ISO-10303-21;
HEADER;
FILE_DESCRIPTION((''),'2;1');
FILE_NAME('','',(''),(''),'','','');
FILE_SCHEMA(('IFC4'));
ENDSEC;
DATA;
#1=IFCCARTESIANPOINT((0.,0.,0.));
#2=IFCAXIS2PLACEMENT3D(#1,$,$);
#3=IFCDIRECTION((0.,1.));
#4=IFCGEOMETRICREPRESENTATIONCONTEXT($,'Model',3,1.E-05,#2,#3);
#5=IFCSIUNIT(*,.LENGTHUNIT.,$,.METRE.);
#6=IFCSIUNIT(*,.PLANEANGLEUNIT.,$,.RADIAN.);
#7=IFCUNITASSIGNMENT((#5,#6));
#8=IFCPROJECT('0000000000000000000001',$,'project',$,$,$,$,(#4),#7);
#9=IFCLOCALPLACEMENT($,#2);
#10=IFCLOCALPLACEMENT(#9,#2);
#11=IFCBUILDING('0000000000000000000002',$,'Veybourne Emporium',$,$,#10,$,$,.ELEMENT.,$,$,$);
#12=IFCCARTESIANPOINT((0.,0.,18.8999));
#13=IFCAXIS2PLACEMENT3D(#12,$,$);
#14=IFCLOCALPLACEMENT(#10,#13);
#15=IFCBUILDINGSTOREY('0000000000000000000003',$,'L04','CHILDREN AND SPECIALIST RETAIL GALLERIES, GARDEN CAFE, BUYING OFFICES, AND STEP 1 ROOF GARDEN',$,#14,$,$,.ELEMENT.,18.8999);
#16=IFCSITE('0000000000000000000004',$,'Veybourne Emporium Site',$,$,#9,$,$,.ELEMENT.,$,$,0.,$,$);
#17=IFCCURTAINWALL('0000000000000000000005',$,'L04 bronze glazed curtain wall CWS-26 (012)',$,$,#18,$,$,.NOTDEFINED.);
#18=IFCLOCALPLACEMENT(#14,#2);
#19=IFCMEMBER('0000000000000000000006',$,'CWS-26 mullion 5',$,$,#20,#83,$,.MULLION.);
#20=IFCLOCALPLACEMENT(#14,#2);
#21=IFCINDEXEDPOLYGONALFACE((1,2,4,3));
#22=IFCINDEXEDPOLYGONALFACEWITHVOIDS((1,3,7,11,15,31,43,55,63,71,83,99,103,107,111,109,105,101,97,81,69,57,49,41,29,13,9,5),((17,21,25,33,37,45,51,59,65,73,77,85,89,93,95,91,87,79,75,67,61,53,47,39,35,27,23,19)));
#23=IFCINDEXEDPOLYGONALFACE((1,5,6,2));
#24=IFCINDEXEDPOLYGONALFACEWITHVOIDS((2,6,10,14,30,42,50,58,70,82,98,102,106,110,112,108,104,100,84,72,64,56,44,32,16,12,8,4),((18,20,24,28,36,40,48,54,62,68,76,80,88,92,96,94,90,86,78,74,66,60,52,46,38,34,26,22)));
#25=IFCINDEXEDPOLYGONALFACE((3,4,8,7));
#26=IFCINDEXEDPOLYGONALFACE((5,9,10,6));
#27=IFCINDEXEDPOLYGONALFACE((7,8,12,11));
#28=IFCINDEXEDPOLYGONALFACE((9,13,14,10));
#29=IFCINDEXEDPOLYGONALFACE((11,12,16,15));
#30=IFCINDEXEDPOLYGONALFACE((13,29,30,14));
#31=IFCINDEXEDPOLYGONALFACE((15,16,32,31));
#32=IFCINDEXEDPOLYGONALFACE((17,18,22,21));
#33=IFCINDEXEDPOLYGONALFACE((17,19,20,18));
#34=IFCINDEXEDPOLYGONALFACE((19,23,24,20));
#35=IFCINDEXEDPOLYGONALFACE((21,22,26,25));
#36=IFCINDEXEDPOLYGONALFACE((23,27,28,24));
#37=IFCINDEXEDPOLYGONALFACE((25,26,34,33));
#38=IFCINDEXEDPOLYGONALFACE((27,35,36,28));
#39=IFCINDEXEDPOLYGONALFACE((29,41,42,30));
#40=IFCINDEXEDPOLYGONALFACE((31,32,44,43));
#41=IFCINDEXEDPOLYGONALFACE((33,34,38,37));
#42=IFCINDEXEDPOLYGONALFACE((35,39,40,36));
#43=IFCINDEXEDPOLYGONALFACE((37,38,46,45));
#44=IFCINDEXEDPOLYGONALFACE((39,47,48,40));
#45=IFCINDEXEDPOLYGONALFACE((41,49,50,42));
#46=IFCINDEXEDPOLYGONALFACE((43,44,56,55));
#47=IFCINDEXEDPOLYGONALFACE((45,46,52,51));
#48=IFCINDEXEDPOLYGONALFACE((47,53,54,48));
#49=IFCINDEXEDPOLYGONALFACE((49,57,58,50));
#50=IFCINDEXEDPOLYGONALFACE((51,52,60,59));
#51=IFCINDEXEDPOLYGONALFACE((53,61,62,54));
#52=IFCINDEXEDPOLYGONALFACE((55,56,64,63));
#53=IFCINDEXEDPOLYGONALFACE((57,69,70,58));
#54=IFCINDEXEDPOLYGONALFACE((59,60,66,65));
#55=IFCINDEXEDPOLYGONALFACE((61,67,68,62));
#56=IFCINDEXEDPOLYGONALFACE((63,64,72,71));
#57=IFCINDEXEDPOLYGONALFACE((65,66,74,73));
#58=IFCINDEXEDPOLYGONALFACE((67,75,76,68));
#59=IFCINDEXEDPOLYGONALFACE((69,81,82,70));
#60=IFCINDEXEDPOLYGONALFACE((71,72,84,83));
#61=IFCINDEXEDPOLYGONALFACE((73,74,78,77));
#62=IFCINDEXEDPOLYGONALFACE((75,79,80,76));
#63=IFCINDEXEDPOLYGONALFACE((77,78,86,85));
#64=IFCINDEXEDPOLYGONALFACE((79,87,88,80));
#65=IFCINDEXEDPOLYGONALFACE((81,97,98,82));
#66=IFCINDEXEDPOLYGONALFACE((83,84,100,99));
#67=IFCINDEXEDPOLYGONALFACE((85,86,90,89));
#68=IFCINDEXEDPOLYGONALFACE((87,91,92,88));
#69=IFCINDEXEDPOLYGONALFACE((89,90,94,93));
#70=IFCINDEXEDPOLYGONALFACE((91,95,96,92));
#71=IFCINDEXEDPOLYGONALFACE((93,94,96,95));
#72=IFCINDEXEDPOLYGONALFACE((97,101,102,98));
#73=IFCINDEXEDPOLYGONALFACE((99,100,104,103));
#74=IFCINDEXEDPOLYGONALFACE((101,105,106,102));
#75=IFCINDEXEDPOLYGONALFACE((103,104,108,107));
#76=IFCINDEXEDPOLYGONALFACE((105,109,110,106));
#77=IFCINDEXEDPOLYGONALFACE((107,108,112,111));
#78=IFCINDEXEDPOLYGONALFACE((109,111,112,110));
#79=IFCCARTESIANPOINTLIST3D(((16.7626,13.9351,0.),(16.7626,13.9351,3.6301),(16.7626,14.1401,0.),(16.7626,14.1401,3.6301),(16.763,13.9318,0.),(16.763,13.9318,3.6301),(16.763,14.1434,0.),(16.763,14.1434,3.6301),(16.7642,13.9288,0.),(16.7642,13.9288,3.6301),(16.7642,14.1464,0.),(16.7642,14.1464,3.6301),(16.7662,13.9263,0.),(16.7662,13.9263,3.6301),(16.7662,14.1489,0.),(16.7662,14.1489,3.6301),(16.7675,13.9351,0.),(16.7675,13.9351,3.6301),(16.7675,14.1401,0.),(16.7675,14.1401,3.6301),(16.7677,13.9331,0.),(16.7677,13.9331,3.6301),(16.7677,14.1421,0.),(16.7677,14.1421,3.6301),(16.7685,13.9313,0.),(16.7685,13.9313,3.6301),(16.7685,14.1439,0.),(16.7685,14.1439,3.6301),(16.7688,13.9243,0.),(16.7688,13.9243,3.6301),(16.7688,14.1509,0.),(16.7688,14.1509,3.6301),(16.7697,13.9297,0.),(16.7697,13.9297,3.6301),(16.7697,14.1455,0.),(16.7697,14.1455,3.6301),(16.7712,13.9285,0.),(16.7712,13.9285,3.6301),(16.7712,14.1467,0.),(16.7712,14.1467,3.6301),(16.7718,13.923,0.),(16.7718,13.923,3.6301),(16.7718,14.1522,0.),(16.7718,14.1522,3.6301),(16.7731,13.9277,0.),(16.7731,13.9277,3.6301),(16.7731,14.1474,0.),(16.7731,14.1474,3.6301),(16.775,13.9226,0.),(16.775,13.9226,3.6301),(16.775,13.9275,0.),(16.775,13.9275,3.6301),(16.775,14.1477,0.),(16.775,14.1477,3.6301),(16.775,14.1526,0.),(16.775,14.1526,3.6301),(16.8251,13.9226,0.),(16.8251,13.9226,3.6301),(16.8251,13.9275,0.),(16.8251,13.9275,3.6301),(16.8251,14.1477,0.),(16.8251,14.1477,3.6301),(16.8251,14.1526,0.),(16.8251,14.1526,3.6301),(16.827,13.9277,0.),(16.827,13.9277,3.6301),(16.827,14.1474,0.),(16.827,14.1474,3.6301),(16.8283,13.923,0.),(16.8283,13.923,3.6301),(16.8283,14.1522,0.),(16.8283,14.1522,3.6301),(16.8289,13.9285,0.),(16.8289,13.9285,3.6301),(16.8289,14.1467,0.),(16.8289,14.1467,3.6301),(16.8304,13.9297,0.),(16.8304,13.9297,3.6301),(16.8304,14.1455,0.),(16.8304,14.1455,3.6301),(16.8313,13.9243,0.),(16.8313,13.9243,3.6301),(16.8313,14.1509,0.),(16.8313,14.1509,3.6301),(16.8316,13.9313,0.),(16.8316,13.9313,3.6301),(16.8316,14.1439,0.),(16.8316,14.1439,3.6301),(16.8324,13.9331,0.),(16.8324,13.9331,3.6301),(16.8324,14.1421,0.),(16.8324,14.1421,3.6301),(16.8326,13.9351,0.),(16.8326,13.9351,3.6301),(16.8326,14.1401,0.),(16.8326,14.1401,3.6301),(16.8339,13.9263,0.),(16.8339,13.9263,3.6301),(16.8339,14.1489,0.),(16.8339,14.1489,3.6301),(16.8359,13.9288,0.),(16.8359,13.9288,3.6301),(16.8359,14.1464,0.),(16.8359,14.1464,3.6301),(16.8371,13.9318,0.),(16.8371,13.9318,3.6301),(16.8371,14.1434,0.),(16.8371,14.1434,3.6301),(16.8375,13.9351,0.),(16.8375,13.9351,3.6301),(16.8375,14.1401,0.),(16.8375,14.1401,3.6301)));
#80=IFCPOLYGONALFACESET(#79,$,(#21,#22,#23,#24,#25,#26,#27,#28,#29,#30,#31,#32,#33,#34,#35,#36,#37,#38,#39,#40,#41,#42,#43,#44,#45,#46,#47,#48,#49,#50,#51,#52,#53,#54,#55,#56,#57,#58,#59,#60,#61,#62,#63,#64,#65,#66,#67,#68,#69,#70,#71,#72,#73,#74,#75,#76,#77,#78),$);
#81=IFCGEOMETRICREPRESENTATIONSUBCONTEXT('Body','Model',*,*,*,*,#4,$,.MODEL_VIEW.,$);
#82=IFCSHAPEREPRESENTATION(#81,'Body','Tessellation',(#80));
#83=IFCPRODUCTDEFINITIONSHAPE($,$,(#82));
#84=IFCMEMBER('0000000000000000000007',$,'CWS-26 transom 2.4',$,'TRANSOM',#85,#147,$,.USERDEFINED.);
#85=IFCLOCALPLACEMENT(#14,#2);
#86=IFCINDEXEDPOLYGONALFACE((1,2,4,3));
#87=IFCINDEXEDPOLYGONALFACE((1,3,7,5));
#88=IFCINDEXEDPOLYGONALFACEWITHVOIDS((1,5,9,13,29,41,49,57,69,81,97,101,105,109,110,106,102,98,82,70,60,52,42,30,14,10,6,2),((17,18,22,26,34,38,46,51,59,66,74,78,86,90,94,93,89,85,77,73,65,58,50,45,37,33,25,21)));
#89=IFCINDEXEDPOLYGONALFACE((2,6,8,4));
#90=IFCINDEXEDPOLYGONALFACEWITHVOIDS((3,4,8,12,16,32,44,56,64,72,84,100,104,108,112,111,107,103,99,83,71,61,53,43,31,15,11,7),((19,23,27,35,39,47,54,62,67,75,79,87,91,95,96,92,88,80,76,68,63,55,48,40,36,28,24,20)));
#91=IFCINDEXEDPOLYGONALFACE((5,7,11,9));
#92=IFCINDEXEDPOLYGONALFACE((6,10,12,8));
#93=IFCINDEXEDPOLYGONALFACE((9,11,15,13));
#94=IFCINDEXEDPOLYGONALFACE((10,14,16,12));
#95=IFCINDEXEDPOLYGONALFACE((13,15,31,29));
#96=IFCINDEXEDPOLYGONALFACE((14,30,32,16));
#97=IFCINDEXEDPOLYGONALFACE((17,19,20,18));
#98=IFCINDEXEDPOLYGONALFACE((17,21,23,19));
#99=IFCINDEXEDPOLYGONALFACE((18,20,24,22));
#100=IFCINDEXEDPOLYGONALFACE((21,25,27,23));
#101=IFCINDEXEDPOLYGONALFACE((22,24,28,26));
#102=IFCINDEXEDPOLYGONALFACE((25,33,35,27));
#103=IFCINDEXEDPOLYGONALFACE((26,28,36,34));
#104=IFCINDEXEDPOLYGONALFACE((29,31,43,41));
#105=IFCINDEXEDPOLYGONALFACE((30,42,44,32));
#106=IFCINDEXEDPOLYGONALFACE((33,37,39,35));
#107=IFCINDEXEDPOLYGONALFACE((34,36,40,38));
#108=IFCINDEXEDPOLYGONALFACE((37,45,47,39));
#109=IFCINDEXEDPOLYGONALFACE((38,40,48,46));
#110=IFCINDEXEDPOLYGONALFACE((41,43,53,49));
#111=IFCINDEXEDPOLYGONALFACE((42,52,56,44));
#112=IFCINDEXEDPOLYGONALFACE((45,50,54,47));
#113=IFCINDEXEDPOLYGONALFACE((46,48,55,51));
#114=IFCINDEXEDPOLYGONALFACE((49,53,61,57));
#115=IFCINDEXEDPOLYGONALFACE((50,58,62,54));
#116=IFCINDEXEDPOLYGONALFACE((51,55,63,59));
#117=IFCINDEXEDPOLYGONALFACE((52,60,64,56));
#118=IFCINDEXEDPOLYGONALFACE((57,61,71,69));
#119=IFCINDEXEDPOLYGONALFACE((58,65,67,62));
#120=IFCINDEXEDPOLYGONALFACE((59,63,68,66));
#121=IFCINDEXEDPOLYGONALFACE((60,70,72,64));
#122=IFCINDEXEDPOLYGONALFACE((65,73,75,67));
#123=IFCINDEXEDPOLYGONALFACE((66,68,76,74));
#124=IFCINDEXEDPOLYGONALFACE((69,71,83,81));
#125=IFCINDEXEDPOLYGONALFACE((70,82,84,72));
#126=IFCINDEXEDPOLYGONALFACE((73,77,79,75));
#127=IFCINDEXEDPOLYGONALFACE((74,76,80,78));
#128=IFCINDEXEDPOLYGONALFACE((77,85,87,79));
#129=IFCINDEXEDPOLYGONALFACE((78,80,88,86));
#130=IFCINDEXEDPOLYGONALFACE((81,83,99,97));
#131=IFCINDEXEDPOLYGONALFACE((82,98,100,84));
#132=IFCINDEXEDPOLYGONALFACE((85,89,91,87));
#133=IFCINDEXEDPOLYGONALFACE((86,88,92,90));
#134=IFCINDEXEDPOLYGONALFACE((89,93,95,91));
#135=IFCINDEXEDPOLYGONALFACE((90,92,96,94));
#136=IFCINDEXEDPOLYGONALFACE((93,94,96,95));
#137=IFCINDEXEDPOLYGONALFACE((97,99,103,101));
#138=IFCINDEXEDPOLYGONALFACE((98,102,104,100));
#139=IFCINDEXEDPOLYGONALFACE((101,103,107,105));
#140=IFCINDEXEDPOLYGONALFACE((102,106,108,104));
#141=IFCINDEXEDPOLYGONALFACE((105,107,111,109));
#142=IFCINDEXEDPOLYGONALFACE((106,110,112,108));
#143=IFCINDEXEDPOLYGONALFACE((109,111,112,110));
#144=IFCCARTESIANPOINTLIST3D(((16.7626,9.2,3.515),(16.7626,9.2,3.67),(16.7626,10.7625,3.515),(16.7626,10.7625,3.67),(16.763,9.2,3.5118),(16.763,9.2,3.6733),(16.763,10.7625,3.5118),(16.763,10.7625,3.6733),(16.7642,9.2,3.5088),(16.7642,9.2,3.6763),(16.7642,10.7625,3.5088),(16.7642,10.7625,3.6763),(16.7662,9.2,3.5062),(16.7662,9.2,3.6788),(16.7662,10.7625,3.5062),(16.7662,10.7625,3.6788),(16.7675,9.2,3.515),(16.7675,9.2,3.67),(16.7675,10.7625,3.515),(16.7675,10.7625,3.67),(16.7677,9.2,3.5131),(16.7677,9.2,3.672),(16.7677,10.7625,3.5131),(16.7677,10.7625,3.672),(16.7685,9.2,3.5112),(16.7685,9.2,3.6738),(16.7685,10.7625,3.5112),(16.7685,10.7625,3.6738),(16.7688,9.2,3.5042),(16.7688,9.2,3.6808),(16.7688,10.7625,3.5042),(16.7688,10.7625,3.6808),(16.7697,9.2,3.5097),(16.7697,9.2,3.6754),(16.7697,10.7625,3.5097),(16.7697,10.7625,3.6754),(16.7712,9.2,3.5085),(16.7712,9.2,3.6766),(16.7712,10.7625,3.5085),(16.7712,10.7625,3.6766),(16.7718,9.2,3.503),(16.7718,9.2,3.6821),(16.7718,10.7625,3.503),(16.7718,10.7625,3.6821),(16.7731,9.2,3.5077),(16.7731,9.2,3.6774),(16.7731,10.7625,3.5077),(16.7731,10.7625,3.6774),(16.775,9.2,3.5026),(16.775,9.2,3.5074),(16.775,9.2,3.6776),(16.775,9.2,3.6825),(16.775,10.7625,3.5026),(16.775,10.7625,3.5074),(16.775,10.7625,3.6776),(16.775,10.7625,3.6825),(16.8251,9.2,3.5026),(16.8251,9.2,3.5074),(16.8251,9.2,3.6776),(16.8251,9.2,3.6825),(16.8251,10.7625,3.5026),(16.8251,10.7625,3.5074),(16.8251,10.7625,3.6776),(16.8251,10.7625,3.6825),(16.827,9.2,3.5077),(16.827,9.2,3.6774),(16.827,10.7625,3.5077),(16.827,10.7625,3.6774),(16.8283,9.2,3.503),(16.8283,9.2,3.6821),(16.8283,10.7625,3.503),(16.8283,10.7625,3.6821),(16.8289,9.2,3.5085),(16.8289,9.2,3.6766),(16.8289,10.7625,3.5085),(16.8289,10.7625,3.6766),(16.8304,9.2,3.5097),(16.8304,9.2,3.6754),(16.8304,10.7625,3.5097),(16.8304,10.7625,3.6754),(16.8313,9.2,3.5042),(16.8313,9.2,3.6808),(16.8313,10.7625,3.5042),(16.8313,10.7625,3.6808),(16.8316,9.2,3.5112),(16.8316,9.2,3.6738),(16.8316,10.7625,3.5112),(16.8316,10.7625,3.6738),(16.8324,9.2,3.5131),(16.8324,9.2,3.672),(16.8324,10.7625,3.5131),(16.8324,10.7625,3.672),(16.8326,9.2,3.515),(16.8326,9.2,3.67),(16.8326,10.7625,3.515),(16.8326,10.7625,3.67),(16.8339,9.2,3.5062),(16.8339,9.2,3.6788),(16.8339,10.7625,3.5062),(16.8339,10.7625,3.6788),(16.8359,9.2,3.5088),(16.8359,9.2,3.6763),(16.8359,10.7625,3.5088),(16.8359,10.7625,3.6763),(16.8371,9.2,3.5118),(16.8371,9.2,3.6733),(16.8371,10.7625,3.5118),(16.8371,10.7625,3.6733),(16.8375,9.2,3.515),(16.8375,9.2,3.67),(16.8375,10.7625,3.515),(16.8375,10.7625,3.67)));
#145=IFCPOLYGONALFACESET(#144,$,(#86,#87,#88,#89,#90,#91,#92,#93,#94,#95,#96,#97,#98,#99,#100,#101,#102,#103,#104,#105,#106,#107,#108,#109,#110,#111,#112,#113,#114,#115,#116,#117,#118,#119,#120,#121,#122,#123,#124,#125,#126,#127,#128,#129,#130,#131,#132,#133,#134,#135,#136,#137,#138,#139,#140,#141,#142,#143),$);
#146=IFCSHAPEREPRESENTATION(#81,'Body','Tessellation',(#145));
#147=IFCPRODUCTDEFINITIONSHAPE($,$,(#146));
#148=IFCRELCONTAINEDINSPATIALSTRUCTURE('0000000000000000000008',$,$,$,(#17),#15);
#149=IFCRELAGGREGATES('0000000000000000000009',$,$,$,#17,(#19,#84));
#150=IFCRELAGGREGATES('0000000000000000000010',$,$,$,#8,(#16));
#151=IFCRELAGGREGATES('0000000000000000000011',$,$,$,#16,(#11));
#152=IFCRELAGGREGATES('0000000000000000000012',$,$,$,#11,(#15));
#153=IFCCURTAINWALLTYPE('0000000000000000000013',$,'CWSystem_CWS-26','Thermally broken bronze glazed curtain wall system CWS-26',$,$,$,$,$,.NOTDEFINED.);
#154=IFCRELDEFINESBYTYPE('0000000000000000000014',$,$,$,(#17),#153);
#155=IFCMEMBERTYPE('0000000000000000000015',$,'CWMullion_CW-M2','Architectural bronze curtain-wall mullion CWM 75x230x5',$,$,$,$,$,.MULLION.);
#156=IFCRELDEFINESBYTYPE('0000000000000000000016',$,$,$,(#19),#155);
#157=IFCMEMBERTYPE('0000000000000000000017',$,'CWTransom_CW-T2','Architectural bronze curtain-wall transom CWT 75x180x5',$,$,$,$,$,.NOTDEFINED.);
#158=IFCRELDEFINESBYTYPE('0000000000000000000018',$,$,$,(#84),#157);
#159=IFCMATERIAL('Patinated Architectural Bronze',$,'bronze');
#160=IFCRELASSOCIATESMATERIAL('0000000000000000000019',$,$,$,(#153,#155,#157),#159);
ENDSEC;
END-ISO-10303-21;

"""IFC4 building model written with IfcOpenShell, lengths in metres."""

from ifc_helpers import new_model, si_unit, direction, frame, origin, origin_2d, place, context, subcontext, project, spatial, hollow_rectangle, extrude, material, material_profile, profile_set, type_object, element, aggregate, save


model = new_model("IFC4")

# Units and contexts
model_context = context("Model", 3, precision=1e-05, world=origin(), true_north=direction((0.0, 1.0)))
body_context = subcontext(model_context, "Body", "Model", "MODEL_VIEW")
ifc_project = project(units=[si_unit("LENGTHUNIT", "METRE"), si_unit("PLANEANGLEUNIT", "RADIAN")], contexts=[model_context])

# Site, building, storey
site_placement = place(None, origin())
site = spatial("IfcSite", under=ifc_project, at=site_placement, Name="Veybourne Emporium Site", CompositionType="ELEMENT", RefElevation=0.0)
building_placement = place(site_placement, origin())
building = spatial("IfcBuilding", under=site, at=building_placement, Name="Veybourne Emporium", CompositionType="ELEMENT")
storey_placement = place(building_placement, frame((0.0, 0.0, 18.8999)))
storey = spatial("IfcBuildingStorey", under=building, at=storey_placement, Name="L04", Description="CHILDREN AND SPECIALIST RETAIL GALLERIES, GARDEN CAFE, BUYING OFFICES, AND STEP 1 ROOF GARDEN", CompositionType="ELEMENT", Elevation=18.8999)

# Curtain wall, members
ifc_material_1 = material(Name="Patinated Architectural Bronze", Category="bronze")
curtain_wall_type = type_object("IfcCurtainWallType", Name="CWSystem_CWS-26", Description="Thermally broken bronze glazed curtain wall system CWS-26", PredefinedType="NOTDEFINED", material=ifc_material_1)
curtain_wall_placement = place(storey_placement, origin())
curtain_wall = element("IfcCurtainWall", 1, at=curtain_wall_placement, inside=storey, type_object=curtain_wall_type, Name="L04 bronze glazed curtain wall CWS-26 (012)", PredefinedType="NOTDEFINED")
ifc_material_profile_1 = material_profile(ifc_material_1, hollow_rectangle(XDim=0.075, YDim=0.23, WallThickness=0.0049, InnerFilletRadius=0.0076, OuterFilletRadius=0.0125, at=origin_2d()), Name="CWM 75x230x5")
ifc_profile_set_1 = profile_set([ifc_material_profile_1], Name="Patinated Architectural Bronze")
member_type_1 = type_object("IfcMemberType", Name="CWMullion_CW-M2", Description="Architectural bronze curtain-wall mullion CWM 75x230x5", PredefinedType="MULLION", material=ifc_profile_set_1)
member_1_placement = place(storey_placement, frame((16.8, 14.0376, 0.0), z_axis=(0.0, 0.0, 1.0), x_axis=(-1.0, 0.0, 0.0)))
member_1 = element("IfcMember", 2, at=member_1_placement, type_object=member_type_1, Name="CWS-26 mullion 5", PredefinedType="MULLION", context=body_context, shape_type="SweptSolid", body=[
    extrude(hollow_rectangle(XDim=0.075, YDim=0.23, WallThickness=0.0049, InnerFilletRadius=0.0076, OuterFilletRadius=0.0125, at=origin_2d()), origin(), (0.0, 0.0, 1.0), 3.6301),
])
ifc_material_profile_2 = material_profile(ifc_material_1, hollow_rectangle(XDim=0.075, YDim=0.1799, WallThickness=0.0049, InnerFilletRadius=0.0076, OuterFilletRadius=0.0125, at=origin_2d()), Name="CWT 75x180x5")
ifc_profile_set_2 = profile_set([ifc_material_profile_2], Name="Patinated Architectural Bronze")
member_type_2 = type_object("IfcMemberType", Name="CWTransom_CW-T2", Description="Architectural bronze curtain-wall transom CWT 75x180x5", PredefinedType="NOTDEFINED", material=ifc_profile_set_2)
member_2_placement = place(storey_placement, frame((16.8, 9.2, 3.5925), z_axis=(0.0, 1.0, 0.0), x_axis=(-1.0, 0.0, 0.0)))
member_2 = element("IfcMember", 3, at=member_2_placement, type_object=member_type_2, Name="CWS-26 transom 2.4", ObjectType="TRANSOM", PredefinedType="USERDEFINED", context=body_context, shape_type="SweptSolid", body=[
    extrude(hollow_rectangle(XDim=0.075, YDim=0.1799, WallThickness=0.0049, InnerFilletRadius=0.0076, OuterFilletRadius=0.0125, at=origin_2d()), origin(), (0.0, 0.0, 1.0), 1.5625),
])
aggregate(curtain_wall, [member_1, member_2])

save(model, "model.ifc")
